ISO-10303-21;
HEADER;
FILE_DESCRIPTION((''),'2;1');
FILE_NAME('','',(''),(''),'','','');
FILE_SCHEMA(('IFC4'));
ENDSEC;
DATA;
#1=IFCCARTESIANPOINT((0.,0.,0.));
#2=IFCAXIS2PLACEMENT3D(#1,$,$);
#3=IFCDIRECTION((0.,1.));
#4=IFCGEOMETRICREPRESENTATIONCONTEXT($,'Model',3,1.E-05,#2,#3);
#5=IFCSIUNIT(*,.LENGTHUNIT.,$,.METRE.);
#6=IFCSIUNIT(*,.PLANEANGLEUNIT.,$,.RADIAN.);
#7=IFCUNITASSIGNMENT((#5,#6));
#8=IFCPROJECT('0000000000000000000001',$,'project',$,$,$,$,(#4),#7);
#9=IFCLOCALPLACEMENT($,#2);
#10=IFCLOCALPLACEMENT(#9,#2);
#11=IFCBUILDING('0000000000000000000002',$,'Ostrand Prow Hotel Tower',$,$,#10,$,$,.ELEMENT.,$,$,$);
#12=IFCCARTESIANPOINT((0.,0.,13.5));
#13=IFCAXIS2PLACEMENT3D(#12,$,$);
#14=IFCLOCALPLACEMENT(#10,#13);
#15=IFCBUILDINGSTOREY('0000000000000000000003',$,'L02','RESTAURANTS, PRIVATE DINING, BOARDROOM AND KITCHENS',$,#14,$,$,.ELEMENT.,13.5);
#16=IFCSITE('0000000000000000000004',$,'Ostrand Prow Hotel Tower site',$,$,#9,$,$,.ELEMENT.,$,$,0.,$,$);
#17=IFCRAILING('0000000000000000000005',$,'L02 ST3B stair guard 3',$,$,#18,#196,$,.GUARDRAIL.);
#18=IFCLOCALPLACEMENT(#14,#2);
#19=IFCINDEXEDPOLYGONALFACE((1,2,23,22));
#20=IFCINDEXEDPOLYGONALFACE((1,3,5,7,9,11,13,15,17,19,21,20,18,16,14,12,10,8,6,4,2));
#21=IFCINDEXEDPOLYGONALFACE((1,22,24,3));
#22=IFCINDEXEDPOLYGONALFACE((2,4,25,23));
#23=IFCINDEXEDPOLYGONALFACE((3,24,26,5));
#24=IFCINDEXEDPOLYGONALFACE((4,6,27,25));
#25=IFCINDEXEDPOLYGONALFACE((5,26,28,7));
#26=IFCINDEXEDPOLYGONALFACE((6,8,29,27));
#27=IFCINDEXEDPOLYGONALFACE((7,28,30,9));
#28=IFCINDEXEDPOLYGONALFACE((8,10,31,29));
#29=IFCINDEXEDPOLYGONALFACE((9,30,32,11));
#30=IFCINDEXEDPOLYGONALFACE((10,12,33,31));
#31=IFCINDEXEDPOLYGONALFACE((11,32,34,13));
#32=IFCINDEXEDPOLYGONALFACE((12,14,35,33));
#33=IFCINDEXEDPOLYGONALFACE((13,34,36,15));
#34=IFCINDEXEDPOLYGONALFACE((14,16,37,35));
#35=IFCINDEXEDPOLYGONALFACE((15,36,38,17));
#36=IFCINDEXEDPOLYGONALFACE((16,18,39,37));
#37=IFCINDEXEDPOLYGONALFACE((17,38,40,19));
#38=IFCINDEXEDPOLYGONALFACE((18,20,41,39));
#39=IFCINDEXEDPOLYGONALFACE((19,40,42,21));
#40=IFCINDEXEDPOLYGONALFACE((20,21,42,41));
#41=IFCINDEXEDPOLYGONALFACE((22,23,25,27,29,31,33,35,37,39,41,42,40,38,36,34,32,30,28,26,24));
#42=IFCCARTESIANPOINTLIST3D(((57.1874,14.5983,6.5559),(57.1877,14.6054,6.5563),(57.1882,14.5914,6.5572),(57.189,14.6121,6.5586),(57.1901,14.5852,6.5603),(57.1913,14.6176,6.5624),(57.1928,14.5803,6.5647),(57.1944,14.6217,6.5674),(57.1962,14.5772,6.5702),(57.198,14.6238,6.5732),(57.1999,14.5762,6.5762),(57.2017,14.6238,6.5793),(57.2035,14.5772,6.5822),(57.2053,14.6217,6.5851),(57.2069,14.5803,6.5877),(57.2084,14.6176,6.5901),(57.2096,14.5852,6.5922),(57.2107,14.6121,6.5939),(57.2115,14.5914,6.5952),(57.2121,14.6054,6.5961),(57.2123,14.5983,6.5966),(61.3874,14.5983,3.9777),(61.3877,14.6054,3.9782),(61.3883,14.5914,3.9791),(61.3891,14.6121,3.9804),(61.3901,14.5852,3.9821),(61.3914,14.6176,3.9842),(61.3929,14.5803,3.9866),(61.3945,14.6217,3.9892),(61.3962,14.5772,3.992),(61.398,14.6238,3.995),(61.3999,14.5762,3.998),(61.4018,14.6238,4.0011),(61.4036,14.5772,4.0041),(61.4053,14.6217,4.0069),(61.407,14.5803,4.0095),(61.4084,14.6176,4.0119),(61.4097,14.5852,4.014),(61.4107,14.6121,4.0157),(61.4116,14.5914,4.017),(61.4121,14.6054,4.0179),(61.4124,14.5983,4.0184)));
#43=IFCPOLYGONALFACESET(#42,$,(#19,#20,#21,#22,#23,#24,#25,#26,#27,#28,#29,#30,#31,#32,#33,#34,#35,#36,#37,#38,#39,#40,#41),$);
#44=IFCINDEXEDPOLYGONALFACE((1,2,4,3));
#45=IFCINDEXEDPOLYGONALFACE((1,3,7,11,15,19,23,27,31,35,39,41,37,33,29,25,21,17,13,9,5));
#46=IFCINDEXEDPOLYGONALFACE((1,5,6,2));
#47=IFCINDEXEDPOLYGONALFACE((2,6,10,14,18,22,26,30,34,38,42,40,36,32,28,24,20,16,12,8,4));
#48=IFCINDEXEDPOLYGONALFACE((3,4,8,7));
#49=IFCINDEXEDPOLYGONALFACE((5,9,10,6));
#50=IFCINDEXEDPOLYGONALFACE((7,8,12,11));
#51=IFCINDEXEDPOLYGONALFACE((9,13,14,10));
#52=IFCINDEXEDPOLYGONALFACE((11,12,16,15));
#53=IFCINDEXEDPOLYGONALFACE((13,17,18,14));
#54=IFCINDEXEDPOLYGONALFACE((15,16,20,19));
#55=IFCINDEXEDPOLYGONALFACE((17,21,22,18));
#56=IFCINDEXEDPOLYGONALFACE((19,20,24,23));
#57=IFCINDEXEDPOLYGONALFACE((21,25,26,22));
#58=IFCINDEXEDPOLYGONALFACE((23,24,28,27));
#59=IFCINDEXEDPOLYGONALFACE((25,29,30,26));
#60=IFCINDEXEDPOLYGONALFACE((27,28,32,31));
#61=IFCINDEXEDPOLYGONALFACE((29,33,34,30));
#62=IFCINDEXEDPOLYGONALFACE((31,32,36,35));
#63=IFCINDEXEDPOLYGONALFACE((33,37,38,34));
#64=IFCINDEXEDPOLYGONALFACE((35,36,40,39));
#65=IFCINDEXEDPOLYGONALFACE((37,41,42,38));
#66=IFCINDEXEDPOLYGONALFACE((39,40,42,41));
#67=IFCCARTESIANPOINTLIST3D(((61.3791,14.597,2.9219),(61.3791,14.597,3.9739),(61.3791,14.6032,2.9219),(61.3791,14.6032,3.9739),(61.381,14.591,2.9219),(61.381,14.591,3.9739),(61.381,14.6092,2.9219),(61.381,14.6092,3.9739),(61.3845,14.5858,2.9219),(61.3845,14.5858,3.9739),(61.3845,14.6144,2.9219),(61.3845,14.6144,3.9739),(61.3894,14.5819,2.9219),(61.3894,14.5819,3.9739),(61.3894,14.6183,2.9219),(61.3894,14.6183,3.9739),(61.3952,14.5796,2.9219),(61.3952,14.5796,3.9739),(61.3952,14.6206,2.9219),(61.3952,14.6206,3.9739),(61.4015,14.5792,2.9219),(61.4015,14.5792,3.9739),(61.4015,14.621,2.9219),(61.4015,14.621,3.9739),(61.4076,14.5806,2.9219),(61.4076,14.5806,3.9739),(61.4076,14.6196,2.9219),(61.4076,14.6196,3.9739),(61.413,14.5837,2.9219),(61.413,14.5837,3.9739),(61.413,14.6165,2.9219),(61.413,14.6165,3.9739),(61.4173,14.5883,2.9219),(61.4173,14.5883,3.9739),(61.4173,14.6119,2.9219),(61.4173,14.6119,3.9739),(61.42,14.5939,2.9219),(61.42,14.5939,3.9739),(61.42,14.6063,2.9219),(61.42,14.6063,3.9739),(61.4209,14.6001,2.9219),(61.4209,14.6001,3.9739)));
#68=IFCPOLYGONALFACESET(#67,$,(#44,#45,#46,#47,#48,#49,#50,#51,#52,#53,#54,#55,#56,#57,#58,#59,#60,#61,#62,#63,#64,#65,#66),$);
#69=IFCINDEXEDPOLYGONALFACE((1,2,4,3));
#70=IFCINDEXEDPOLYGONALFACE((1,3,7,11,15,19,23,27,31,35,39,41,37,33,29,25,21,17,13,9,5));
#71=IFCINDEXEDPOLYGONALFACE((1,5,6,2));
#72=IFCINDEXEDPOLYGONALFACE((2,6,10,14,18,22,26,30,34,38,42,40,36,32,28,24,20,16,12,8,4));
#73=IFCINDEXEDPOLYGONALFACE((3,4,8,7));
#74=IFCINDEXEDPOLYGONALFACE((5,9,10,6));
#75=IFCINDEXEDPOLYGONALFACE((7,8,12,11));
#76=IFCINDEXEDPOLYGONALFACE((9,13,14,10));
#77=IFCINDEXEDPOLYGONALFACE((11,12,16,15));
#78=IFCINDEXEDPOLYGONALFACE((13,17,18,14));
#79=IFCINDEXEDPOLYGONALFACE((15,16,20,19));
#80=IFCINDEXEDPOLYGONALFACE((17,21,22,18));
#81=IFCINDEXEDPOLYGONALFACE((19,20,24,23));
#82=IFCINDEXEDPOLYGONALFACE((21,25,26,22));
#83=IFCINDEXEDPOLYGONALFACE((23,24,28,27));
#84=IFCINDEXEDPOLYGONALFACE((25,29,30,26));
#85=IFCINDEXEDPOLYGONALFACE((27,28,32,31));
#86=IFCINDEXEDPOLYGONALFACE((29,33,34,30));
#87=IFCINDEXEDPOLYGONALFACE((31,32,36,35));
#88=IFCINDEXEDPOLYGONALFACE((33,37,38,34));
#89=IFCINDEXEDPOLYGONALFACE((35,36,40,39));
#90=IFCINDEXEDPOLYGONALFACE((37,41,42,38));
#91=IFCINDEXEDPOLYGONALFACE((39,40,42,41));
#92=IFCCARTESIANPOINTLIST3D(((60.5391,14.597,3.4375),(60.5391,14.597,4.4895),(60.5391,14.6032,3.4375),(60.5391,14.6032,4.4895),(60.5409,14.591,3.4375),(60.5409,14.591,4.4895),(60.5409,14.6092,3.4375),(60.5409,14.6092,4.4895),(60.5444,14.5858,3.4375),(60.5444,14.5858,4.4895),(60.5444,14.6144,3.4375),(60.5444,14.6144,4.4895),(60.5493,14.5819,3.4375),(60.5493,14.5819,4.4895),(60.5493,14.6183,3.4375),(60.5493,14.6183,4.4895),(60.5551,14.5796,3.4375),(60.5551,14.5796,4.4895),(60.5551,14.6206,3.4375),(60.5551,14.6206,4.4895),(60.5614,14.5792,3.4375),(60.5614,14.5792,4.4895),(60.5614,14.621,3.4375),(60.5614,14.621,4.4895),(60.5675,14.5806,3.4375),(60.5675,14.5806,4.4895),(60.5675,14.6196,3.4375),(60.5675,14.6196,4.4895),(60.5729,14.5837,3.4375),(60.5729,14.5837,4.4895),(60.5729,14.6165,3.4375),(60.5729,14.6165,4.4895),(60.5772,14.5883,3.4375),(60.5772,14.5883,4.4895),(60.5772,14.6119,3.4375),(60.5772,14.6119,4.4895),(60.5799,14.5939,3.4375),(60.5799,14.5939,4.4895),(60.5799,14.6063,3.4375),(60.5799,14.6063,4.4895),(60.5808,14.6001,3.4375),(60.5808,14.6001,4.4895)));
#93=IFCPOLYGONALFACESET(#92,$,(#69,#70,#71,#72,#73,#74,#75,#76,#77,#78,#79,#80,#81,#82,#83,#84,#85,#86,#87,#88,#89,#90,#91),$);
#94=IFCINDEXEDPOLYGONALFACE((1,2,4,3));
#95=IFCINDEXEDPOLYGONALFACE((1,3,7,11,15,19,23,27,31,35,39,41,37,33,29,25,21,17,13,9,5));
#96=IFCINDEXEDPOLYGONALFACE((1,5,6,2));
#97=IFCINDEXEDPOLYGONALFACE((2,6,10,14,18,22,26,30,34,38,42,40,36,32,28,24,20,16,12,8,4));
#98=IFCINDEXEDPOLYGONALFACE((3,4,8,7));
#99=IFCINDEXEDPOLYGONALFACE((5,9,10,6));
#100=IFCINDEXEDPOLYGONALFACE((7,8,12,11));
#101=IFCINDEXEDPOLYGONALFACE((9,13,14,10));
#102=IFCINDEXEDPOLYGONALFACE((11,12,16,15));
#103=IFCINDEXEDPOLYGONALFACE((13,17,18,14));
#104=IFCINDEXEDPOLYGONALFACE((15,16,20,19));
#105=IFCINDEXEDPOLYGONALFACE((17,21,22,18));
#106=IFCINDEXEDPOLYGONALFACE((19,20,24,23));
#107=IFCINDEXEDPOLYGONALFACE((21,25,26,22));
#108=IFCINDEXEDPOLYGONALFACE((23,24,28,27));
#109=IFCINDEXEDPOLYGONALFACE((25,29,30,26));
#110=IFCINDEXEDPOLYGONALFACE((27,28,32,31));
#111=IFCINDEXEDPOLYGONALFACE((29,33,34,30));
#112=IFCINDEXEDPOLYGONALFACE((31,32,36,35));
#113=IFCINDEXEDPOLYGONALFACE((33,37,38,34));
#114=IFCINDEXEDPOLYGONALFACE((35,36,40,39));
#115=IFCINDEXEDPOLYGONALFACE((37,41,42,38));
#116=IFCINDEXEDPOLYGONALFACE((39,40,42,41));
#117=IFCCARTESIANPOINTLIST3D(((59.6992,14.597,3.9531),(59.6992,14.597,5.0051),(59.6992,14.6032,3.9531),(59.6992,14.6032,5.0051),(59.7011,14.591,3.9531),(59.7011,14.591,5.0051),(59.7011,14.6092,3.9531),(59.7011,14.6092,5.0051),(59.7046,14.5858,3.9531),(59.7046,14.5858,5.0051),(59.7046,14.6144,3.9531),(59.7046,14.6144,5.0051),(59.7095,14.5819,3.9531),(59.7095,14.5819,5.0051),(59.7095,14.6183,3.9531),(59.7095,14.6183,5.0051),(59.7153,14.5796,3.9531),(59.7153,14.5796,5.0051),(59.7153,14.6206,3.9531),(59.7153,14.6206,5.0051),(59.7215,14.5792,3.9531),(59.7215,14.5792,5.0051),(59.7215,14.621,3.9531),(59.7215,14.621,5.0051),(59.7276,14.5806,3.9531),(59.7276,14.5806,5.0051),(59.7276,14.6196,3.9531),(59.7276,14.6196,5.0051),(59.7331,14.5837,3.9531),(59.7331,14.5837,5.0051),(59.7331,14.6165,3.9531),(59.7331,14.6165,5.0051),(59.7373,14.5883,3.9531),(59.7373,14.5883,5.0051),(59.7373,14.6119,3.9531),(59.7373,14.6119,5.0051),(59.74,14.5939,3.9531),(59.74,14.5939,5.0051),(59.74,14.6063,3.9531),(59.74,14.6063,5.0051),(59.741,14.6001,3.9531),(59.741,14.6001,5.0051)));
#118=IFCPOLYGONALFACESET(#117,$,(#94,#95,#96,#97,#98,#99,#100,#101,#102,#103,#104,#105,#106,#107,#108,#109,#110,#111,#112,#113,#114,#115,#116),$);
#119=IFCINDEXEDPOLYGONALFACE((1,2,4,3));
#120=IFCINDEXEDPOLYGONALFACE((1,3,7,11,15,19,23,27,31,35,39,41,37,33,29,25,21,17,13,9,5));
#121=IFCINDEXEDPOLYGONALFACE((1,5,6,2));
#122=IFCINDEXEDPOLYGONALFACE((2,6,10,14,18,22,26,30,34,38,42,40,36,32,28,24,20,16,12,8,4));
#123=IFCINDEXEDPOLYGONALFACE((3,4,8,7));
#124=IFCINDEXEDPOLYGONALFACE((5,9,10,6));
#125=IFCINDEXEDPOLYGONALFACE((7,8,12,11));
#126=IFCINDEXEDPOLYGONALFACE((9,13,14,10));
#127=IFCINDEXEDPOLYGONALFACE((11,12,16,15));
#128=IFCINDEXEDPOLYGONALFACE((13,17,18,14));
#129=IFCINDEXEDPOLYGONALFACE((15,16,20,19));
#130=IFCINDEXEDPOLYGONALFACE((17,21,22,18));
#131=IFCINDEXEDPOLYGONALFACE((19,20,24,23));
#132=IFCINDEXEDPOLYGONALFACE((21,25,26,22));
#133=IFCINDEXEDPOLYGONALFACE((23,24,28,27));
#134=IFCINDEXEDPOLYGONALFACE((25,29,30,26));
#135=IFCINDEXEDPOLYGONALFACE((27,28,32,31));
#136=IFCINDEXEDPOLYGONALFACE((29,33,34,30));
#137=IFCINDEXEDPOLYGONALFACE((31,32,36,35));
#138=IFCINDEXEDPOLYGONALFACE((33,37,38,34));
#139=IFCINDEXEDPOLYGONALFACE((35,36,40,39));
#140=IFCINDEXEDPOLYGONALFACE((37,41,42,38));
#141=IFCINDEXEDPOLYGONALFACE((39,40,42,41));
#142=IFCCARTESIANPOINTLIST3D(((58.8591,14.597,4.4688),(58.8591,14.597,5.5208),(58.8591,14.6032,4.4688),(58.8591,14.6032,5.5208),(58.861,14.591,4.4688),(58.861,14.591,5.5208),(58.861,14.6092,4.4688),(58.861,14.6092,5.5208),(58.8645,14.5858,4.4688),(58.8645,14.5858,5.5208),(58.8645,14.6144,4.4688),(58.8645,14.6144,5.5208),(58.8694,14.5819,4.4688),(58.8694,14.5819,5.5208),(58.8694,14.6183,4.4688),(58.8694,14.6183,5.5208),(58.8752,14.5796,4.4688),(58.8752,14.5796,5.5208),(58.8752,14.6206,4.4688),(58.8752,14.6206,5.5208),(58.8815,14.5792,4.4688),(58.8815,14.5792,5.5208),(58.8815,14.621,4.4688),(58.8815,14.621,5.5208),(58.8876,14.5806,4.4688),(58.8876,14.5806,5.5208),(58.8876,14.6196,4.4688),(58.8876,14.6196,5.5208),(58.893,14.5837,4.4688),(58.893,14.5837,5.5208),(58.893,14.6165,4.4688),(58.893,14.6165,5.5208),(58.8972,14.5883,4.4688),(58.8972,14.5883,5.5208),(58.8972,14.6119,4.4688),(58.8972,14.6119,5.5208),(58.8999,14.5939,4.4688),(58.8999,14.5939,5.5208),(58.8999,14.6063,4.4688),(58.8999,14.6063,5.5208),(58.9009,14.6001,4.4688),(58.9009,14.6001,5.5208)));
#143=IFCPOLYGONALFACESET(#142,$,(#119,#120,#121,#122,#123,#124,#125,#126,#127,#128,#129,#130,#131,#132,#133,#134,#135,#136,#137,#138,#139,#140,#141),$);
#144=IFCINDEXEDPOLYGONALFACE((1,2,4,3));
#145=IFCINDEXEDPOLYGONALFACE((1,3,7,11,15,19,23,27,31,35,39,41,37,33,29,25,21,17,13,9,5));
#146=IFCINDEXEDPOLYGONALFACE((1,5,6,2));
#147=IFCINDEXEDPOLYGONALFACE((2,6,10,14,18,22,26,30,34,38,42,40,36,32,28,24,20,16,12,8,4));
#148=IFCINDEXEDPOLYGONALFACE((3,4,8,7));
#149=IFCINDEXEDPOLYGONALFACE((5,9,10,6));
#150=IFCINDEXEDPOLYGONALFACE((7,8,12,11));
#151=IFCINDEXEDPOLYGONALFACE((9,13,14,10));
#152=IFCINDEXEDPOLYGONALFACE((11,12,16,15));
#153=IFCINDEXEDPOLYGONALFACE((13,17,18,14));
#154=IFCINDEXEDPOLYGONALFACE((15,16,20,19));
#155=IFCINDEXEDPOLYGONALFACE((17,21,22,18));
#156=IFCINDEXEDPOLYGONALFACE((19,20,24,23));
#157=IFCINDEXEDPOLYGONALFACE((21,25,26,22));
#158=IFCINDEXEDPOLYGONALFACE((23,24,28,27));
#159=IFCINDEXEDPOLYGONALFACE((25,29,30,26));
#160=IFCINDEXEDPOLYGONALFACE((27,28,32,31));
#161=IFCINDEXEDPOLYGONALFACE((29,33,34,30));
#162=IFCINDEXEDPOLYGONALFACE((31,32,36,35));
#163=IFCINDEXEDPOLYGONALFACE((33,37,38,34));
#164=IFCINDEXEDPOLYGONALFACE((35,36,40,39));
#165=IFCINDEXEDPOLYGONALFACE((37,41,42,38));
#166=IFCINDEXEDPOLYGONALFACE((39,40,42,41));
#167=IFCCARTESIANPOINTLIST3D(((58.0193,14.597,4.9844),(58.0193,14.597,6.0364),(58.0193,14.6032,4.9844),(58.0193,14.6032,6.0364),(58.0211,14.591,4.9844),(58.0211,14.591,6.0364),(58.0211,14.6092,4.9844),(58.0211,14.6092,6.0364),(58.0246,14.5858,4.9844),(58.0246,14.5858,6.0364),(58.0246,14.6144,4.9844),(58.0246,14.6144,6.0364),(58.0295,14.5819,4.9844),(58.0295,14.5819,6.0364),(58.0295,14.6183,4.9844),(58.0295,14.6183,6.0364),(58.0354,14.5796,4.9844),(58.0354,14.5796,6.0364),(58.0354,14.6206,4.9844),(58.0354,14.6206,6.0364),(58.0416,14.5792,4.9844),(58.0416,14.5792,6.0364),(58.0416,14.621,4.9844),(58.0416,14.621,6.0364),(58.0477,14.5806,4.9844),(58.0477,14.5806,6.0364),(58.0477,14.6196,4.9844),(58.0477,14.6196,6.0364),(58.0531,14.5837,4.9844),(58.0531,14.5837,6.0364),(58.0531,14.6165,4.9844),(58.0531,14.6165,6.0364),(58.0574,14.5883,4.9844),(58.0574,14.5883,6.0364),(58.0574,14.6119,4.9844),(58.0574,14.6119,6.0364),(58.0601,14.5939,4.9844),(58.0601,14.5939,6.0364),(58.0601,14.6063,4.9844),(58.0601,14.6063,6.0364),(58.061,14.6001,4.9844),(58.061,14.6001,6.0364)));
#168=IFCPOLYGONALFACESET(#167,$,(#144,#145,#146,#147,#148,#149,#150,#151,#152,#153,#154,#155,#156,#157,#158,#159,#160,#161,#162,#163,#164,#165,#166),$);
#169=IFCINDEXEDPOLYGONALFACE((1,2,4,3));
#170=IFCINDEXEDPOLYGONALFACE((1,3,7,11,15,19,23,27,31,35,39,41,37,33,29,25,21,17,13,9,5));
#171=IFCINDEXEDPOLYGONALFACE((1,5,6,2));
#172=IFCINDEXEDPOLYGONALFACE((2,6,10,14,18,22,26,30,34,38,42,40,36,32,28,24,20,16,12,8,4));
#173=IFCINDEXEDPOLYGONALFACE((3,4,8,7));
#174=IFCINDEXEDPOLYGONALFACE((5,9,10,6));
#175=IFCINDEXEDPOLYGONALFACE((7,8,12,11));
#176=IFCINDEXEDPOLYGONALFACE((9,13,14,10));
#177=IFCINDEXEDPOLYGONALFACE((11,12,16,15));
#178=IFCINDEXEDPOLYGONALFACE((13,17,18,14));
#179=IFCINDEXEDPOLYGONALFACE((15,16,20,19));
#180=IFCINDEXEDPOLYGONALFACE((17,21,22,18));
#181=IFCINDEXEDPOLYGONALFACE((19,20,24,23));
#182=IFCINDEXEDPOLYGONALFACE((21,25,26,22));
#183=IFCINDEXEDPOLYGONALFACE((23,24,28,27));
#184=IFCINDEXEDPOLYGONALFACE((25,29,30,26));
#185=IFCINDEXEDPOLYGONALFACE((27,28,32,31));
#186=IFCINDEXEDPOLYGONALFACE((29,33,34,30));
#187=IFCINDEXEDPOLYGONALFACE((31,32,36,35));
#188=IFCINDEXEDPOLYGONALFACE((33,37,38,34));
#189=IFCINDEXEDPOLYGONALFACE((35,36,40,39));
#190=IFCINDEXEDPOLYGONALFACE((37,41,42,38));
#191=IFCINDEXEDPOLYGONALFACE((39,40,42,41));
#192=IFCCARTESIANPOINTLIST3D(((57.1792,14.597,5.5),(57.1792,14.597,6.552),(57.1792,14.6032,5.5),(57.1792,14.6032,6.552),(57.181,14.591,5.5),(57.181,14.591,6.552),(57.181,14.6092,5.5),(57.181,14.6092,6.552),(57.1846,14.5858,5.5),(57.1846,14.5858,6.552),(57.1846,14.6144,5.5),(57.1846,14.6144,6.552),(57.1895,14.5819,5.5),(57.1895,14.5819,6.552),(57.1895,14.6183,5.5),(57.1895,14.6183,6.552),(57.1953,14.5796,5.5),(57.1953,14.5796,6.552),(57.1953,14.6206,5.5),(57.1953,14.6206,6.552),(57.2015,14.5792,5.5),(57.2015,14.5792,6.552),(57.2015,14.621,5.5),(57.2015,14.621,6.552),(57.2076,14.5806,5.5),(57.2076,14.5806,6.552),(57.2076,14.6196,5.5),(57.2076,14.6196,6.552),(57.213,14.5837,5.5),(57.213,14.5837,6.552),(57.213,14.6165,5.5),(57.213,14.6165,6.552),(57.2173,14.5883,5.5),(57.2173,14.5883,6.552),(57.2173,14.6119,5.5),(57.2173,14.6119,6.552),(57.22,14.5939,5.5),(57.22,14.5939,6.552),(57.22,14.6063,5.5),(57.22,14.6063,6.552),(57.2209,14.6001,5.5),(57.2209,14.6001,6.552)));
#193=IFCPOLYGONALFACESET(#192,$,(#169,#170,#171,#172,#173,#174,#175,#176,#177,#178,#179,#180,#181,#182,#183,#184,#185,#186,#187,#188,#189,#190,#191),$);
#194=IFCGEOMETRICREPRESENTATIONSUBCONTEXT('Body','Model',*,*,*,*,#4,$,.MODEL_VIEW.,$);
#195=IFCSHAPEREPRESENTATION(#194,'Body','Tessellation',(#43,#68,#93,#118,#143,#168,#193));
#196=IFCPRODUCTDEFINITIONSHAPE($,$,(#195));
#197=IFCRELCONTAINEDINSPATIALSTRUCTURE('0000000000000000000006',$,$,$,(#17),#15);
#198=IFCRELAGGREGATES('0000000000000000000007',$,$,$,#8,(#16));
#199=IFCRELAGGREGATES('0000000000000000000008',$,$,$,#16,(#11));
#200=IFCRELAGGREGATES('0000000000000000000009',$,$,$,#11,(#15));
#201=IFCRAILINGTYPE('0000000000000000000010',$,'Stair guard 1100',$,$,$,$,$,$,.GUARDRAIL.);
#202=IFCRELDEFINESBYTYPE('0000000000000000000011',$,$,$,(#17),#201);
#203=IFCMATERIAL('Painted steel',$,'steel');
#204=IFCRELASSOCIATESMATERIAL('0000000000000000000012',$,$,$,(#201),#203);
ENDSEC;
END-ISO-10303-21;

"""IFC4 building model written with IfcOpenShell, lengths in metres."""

from ifc_helpers import new_model, si_unit, direction, frame, origin, origin_2d, place, context, subcontext, project, spatial, circle, extrude, material, type_object, element, save


model = new_model("IFC4")

# Units and contexts
model_context = context("Model", 3, precision=1e-05, world=origin(), true_north=direction((0.0, 1.0)))
body_context = subcontext(model_context, "Body", "Model", "MODEL_VIEW")
ifc_project = project(units=[si_unit("LENGTHUNIT", "METRE"), si_unit("PLANEANGLEUNIT", "RADIAN")], contexts=[model_context])

# Site, building, storey
site_placement = place(None, origin())
site = spatial("IfcSite", under=ifc_project, at=site_placement, Name="Ostrand Prow Hotel Tower site", CompositionType="ELEMENT", RefElevation=0.0)
building_placement = place(site_placement, origin())
building = spatial("IfcBuilding", under=site, at=building_placement, Name="Ostrand Prow Hotel Tower", CompositionType="ELEMENT")
storey_placement = place(building_placement, frame((0.0, 0.0, 13.5)))
storey = spatial("IfcBuildingStorey", under=building, at=storey_placement, Name="L02", Description="RESTAURANTS, PRIVATE DINING, BOARDROOM AND KITCHENS", CompositionType="ELEMENT", Elevation=13.5)

# Railing
ifc_material_1 = material(Name="Painted steel", Category="steel")
railing_type_1 = type_object("IfcRailingType", Name="Stair guard 1100", PredefinedType="GUARDRAIL", material=ifc_material_1)
railing_1_placement = place(storey_placement, frame((61.3999, 14.6001, 2.9219)))
element("IfcRailing", 1, at=railing_1_placement, inside=storey, type_object=railing_type_1, Name="L02 ST3B stair guard 3", PredefinedType="GUARDRAIL", context=body_context, shape_type="SweptSolid", body=[
    extrude(circle(Radius=0.0239, at=origin_2d()), frame((0.0, 0.0, 1.0762), z_axis=(-0.852243, 0.0, 0.523146), x_axis=(0.0, -1.0, 0.0)), (0.0, 0.0, 1.0), 4.9282),
    extrude(circle(Radius=0.021, at=origin_2d()), origin(), (0.0, 0.0, 1.0), 1.052),
    extrude(circle(Radius=0.021, at=origin_2d()), frame((-0.8401, 0.0, 0.5156)), (0.0, 0.0, 1.0), 1.052),
    extrude(circle(Radius=0.021, at=origin_2d()), frame((-1.6799, 0.0, 1.0312)), (0.0, 0.0, 1.0), 1.052),
    extrude(circle(Radius=0.021, at=origin_2d()), frame((-2.52, 0.0, 1.5469)), (0.0, 0.0, 1.0), 1.052),
    extrude(circle(Radius=0.021, at=origin_2d()), frame((-3.3599, 0.0, 2.0625)), (0.0, 0.0, 1.0), 1.052),
    extrude(circle(Radius=0.021, at=origin_2d()), frame((-4.2, 0.0, 2.5781)), (0.0, 0.0, 1.0), 1.052),
])

save(model, "model.ifc")
